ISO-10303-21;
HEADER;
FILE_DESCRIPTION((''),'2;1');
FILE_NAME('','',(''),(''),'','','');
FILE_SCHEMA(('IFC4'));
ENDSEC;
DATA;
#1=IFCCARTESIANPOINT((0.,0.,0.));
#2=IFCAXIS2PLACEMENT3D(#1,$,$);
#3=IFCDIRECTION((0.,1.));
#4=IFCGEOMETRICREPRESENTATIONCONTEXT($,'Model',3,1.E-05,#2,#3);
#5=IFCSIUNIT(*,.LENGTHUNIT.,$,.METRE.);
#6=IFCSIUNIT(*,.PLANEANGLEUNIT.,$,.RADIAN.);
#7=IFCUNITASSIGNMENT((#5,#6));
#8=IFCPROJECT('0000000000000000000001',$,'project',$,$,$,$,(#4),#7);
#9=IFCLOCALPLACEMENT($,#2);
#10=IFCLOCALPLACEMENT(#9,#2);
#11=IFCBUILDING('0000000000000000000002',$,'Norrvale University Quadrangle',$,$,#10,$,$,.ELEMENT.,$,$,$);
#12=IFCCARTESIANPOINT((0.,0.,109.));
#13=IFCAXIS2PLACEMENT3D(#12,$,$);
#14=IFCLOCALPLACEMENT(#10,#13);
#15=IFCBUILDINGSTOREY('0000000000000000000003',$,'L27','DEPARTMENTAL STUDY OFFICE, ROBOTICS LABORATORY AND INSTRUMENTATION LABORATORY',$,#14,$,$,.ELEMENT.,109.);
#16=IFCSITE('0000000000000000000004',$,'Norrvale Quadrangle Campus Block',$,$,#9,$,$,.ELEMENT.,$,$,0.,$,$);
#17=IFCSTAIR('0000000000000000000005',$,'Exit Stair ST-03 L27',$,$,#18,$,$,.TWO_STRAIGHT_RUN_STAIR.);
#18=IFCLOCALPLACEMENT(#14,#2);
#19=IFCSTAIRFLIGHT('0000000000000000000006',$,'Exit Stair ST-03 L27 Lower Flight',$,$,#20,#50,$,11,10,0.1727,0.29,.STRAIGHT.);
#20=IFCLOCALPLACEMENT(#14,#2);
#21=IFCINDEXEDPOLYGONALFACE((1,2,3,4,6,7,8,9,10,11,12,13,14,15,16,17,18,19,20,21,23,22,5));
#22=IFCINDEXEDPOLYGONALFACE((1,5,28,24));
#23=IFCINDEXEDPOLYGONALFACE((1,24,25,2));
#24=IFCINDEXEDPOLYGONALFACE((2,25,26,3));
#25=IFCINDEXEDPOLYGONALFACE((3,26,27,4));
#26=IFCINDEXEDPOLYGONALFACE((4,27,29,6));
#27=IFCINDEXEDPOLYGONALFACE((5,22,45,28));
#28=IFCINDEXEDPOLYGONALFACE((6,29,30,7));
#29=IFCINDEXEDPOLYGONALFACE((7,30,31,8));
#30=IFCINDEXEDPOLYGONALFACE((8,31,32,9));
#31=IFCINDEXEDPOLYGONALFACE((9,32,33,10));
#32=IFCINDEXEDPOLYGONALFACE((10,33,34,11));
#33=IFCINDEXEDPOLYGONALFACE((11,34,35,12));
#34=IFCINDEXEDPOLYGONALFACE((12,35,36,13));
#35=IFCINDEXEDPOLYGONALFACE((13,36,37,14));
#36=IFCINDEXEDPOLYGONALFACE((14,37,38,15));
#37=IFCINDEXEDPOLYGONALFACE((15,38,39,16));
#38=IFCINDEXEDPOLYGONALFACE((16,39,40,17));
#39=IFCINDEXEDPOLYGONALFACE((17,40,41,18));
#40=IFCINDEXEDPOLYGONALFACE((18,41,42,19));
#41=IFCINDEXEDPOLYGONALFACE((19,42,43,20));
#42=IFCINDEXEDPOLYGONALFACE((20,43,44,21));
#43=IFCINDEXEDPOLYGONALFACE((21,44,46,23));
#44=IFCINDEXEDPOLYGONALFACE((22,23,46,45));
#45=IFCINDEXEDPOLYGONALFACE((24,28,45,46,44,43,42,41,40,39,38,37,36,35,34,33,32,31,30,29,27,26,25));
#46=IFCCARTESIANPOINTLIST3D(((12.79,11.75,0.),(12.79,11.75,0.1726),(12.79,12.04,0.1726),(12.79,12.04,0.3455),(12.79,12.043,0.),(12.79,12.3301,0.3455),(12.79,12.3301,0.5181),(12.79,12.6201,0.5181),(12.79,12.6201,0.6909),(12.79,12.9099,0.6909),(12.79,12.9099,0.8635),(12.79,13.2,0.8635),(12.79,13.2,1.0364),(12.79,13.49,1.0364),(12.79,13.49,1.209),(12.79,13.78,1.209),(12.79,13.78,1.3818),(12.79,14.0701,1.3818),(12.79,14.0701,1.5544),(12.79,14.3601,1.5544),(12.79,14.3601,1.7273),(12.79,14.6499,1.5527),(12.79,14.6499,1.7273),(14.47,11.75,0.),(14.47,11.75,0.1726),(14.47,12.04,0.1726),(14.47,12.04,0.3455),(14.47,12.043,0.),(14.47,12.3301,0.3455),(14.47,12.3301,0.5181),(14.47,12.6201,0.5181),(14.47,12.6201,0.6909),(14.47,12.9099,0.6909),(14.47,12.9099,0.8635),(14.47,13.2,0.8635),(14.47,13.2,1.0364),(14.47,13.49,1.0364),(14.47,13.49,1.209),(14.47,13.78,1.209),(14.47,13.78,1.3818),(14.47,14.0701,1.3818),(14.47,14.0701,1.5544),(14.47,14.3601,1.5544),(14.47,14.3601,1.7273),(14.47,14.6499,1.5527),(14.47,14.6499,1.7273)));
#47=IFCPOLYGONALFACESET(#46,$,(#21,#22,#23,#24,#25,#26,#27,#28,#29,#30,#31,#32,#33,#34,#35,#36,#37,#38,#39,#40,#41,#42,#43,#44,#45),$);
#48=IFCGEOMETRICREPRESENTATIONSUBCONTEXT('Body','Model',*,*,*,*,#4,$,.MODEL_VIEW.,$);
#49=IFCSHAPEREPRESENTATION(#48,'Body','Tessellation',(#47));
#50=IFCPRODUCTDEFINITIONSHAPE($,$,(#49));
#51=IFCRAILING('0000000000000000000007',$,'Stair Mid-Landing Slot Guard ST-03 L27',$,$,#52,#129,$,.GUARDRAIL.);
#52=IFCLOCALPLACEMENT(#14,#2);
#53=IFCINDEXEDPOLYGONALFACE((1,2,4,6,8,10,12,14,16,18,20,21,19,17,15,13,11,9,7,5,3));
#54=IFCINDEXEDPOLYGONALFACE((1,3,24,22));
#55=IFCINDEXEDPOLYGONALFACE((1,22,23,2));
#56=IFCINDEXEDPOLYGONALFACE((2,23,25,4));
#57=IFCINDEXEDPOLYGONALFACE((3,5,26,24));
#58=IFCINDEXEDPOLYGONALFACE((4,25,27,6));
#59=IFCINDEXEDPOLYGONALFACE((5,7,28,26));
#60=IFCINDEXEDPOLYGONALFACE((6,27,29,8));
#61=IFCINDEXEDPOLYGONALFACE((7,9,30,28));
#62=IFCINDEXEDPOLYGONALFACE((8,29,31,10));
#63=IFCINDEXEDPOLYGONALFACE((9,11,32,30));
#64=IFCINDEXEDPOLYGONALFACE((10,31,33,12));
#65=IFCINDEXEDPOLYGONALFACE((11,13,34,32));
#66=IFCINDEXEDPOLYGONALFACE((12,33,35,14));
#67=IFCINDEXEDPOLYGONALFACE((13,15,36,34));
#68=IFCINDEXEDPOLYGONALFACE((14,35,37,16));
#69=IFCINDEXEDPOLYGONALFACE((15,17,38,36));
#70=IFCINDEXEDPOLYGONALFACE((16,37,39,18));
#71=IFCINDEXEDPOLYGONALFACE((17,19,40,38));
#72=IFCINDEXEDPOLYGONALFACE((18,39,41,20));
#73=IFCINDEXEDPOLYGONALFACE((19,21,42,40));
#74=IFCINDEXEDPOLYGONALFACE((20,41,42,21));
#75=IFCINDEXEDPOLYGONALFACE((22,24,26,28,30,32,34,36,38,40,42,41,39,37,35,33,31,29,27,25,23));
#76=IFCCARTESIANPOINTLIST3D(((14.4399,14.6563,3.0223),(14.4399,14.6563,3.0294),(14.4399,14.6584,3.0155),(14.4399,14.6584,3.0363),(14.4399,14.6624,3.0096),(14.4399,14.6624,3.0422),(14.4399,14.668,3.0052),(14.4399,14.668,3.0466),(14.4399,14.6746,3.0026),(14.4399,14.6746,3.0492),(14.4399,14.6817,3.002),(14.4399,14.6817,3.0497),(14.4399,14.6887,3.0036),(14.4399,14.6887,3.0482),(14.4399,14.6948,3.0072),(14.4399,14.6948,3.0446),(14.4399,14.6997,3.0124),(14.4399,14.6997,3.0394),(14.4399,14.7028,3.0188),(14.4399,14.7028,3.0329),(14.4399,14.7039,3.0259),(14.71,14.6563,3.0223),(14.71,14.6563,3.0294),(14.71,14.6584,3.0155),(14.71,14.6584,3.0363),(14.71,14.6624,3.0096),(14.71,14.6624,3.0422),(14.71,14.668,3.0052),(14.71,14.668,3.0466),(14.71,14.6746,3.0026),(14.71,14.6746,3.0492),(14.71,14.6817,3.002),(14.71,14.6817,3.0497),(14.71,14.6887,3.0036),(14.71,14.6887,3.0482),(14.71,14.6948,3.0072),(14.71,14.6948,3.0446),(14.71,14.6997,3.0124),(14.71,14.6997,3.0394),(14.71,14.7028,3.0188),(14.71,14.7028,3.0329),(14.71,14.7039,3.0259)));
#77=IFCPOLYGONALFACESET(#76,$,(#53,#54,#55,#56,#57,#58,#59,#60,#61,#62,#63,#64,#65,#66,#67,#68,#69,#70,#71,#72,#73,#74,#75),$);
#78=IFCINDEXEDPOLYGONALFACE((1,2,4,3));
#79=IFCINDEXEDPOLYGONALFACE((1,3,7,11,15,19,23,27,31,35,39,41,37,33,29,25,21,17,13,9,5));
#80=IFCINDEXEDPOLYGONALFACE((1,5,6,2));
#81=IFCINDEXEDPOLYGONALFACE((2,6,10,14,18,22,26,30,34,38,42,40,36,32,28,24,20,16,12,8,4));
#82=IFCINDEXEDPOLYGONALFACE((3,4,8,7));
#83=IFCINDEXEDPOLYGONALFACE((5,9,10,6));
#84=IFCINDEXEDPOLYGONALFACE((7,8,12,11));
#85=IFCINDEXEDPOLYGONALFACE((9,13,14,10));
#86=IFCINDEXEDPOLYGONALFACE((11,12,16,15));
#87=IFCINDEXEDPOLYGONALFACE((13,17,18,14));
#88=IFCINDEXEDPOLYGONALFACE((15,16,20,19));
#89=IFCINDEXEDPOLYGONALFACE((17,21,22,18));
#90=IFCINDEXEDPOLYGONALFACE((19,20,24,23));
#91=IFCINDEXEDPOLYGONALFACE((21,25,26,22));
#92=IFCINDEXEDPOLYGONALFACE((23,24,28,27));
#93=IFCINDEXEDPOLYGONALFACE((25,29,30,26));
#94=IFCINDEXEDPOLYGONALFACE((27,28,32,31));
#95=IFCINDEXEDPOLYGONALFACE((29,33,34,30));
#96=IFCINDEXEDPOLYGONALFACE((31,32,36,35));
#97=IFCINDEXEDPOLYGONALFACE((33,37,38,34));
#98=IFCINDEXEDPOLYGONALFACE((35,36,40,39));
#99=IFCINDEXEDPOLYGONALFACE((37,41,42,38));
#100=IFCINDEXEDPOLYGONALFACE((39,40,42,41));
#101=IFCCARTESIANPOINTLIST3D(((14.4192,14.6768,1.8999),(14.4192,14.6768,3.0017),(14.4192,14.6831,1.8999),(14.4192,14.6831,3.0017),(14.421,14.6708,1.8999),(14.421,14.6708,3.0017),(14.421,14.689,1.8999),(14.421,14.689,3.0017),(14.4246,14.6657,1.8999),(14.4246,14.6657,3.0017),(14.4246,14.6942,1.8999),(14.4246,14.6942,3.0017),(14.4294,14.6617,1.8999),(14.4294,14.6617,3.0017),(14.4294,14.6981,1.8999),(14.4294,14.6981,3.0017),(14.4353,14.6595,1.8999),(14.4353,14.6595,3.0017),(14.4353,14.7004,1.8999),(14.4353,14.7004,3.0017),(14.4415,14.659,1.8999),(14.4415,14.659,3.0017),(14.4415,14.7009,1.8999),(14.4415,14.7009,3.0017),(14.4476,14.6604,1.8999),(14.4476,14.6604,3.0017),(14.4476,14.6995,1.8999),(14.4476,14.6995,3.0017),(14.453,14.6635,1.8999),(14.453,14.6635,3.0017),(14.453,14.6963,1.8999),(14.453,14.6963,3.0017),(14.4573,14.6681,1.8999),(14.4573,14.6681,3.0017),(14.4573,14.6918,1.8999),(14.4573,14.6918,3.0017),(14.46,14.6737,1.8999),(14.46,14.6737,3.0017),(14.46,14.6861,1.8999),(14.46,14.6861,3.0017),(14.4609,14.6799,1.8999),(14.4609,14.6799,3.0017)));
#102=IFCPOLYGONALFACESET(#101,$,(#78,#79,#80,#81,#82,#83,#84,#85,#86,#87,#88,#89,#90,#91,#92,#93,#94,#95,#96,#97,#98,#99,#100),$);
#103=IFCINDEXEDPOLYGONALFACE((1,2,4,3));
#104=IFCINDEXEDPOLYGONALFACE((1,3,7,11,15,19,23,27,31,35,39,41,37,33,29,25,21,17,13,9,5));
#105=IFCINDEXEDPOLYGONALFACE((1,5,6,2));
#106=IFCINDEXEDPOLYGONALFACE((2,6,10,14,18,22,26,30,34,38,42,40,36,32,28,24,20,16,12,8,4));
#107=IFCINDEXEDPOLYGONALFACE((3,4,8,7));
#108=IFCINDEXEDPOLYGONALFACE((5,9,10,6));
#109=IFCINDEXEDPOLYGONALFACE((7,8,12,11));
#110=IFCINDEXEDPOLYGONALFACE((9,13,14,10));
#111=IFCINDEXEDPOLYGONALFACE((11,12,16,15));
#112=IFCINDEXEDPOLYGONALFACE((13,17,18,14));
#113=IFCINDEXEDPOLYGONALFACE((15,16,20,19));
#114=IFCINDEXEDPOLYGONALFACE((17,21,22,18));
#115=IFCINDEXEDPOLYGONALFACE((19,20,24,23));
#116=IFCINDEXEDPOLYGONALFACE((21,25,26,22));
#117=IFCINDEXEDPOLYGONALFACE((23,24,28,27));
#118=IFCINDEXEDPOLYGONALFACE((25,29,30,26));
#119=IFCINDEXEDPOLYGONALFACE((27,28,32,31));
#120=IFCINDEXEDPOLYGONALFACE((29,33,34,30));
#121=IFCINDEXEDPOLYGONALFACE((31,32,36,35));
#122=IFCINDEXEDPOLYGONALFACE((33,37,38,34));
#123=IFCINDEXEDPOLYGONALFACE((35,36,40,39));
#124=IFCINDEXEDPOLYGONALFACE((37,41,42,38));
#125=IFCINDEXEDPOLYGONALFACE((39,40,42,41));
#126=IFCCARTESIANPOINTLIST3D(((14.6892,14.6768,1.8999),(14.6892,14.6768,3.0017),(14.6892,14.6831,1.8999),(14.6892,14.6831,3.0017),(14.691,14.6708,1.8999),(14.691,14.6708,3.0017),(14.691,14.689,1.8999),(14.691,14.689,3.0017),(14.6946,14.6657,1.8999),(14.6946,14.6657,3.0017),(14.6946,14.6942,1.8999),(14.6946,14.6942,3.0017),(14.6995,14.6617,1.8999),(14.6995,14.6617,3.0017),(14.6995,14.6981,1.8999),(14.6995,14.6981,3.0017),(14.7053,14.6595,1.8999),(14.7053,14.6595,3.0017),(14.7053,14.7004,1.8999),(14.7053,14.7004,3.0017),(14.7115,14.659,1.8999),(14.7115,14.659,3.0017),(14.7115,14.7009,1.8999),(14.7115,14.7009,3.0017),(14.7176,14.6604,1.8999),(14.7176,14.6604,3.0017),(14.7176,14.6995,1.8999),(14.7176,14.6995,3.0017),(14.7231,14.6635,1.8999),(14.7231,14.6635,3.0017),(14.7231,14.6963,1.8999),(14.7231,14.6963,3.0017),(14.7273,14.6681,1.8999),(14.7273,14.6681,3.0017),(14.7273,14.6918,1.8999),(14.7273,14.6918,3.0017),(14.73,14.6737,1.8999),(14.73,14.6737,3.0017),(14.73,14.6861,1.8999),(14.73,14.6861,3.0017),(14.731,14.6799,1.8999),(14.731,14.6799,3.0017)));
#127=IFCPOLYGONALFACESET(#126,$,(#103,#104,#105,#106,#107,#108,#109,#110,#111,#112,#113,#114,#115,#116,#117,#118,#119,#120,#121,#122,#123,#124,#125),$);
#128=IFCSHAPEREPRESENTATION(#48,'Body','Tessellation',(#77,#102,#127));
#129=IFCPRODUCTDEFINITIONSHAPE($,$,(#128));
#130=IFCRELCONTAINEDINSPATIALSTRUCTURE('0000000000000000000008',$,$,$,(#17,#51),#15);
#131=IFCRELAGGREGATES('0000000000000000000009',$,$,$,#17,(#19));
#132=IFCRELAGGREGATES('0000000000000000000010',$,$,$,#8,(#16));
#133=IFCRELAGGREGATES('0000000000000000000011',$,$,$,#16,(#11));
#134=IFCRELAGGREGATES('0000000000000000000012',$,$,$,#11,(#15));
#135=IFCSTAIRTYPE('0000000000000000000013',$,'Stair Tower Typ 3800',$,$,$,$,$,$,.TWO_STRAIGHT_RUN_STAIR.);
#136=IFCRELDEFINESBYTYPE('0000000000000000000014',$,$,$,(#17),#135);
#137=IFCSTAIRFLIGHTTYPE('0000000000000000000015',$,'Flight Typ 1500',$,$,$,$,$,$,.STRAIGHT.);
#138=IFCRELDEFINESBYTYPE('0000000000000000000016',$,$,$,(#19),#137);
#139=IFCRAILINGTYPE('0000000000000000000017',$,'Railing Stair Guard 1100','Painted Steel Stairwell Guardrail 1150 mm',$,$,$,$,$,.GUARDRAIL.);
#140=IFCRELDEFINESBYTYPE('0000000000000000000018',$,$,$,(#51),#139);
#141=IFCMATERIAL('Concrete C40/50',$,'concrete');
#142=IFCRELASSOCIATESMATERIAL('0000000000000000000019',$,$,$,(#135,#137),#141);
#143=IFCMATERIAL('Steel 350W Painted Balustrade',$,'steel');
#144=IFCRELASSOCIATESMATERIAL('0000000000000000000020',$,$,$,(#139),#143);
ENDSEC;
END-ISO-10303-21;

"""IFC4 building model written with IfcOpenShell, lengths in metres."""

from ifc_helpers import new_model, si_unit, direction, frame, origin, origin_2d, place, context, subcontext, project, spatial, polyline, circle, outline, extrude, material, type_object, element, aggregate, save


model = new_model("IFC4")

# Units and contexts
model_context = context("Model", 3, precision=1e-05, world=origin(), true_north=direction((0.0, 1.0)))
body_context = subcontext(model_context, "Body", "Model", "MODEL_VIEW")
ifc_project = project(units=[si_unit("LENGTHUNIT", "METRE"), si_unit("PLANEANGLEUNIT", "RADIAN")], contexts=[model_context])

# Site, building, storey
site_placement = place(None, origin())
site = spatial("IfcSite", under=ifc_project, at=site_placement, Name="Norrvale Quadrangle Campus Block", CompositionType="ELEMENT", RefElevation=0.0)
building_placement = place(site_placement, origin())
building = spatial("IfcBuilding", under=site, at=building_placement, Name="Norrvale University Quadrangle", CompositionType="ELEMENT")
storey_placement = place(building_placement, frame((0.0, 0.0, 109.0)))
storey = spatial("IfcBuildingStorey", under=building, at=storey_placement, Name="L27", Description="DEPARTMENTAL STUDY OFFICE, ROBOTICS LABORATORY AND INSTRUMENTATION LABORATORY", CompositionType="ELEMENT", Elevation=109.0)

# Stair, stair flight
ifc_material_1 = material(Name="Concrete C40/50", Category="concrete")
stair_type = type_object("IfcStairType", Name="Stair Tower Typ 3800", PredefinedType="TWO_STRAIGHT_RUN_STAIR", material=ifc_material_1)
stair_placement = place(storey_placement, origin())
stair = element("IfcStair", 1, at=stair_placement, inside=storey, type_object=stair_type, Name="Exit Stair ST-03 L27", PredefinedType="TWO_STRAIGHT_RUN_STAIR")
stair_flight_type = type_object("IfcStairFlightType", Name="Flight Typ 1500", PredefinedType="STRAIGHT", material=ifc_material_1)
stair_flight_placement = place(storey_placement, frame((13.6299, 11.75, 0.0), z_axis=(0.0, 0.0, 1.0), x_axis=(0.0, 1.0, 0.0)))
stair_flight = element("IfcStairFlight", 2, at=stair_flight_placement, type_object=stair_flight_type, Name="Exit Stair ST-03 L27 Lower Flight", NumberOfRisers=11, NumberOfTreads=10, PredefinedType="STRAIGHT", RiserHeight=0.1727, TreadLength=0.29, context=body_context, shape_type="SweptSolid", body=[
    extrude(outline(polyline([(0.0, 0.0), (0.0, 0.1726), (0.29, 0.1726), (0.29, 0.3455), (0.5801, 0.3455), (0.5801, 0.5181), (0.8701, 0.5181), (0.8701, 0.6909), (1.1599, 0.6909), (1.1599, 0.8635), (1.45, 0.8635), (1.45, 1.0364), (1.74, 1.0364), (1.74, 1.209), (2.03, 1.209), (2.03, 1.3818), (2.3201, 1.3818), (2.3201, 1.5544), (2.6101, 1.5544), (2.6101, 1.7273), (2.8999, 1.7273), (2.8999, 1.8999), (2.8999, 1.5527), (0.293, 0.0), (0.0, 0.0)])), frame((0.0, 0.8398, 0.0), z_axis=(0.0, -1.0, 0.0), x_axis=(1.0, 0.0, 0.0)), (0.0, 0.0, 1.0), 1.6799),
])
aggregate(stair, [stair_flight])

# Railing
ifc_material_2 = material(Name="Steel 350W Painted Balustrade", Category="steel")
railing_type_1 = type_object("IfcRailingType", Name="Railing Stair Guard 1100", Description="Painted Steel Stairwell Guardrail 1150 mm", PredefinedType="GUARDRAIL", material=ifc_material_2)
railing_1_placement = place(storey_placement, frame((14.4399, 14.6799, 1.8999)))
element("IfcRailing", 3, at=railing_1_placement, inside=storey, type_object=railing_type_1, Name="Stair Mid-Landing Slot Guard ST-03 L27", PredefinedType="GUARDRAIL", context=body_context, shape_type="SweptSolid", body=[
    extrude(circle(Radius=0.0239, at=origin_2d()), frame((0.0, 0.0, 1.126), z_axis=(1.0, 0.0, 0.0), x_axis=(0.0, 1.0, 0.0)), (0.0, 0.0, 1.0), 0.27),
    extrude(circle(Radius=0.021, at=origin_2d()), origin(), (0.0, 0.0, 1.0), 1.1018),
    extrude(circle(Radius=0.021, at=origin_2d()), frame((0.27, 0.0, 0.0)), (0.0, 0.0, 1.0), 1.1018),
])

save(model, "model.ifc")
